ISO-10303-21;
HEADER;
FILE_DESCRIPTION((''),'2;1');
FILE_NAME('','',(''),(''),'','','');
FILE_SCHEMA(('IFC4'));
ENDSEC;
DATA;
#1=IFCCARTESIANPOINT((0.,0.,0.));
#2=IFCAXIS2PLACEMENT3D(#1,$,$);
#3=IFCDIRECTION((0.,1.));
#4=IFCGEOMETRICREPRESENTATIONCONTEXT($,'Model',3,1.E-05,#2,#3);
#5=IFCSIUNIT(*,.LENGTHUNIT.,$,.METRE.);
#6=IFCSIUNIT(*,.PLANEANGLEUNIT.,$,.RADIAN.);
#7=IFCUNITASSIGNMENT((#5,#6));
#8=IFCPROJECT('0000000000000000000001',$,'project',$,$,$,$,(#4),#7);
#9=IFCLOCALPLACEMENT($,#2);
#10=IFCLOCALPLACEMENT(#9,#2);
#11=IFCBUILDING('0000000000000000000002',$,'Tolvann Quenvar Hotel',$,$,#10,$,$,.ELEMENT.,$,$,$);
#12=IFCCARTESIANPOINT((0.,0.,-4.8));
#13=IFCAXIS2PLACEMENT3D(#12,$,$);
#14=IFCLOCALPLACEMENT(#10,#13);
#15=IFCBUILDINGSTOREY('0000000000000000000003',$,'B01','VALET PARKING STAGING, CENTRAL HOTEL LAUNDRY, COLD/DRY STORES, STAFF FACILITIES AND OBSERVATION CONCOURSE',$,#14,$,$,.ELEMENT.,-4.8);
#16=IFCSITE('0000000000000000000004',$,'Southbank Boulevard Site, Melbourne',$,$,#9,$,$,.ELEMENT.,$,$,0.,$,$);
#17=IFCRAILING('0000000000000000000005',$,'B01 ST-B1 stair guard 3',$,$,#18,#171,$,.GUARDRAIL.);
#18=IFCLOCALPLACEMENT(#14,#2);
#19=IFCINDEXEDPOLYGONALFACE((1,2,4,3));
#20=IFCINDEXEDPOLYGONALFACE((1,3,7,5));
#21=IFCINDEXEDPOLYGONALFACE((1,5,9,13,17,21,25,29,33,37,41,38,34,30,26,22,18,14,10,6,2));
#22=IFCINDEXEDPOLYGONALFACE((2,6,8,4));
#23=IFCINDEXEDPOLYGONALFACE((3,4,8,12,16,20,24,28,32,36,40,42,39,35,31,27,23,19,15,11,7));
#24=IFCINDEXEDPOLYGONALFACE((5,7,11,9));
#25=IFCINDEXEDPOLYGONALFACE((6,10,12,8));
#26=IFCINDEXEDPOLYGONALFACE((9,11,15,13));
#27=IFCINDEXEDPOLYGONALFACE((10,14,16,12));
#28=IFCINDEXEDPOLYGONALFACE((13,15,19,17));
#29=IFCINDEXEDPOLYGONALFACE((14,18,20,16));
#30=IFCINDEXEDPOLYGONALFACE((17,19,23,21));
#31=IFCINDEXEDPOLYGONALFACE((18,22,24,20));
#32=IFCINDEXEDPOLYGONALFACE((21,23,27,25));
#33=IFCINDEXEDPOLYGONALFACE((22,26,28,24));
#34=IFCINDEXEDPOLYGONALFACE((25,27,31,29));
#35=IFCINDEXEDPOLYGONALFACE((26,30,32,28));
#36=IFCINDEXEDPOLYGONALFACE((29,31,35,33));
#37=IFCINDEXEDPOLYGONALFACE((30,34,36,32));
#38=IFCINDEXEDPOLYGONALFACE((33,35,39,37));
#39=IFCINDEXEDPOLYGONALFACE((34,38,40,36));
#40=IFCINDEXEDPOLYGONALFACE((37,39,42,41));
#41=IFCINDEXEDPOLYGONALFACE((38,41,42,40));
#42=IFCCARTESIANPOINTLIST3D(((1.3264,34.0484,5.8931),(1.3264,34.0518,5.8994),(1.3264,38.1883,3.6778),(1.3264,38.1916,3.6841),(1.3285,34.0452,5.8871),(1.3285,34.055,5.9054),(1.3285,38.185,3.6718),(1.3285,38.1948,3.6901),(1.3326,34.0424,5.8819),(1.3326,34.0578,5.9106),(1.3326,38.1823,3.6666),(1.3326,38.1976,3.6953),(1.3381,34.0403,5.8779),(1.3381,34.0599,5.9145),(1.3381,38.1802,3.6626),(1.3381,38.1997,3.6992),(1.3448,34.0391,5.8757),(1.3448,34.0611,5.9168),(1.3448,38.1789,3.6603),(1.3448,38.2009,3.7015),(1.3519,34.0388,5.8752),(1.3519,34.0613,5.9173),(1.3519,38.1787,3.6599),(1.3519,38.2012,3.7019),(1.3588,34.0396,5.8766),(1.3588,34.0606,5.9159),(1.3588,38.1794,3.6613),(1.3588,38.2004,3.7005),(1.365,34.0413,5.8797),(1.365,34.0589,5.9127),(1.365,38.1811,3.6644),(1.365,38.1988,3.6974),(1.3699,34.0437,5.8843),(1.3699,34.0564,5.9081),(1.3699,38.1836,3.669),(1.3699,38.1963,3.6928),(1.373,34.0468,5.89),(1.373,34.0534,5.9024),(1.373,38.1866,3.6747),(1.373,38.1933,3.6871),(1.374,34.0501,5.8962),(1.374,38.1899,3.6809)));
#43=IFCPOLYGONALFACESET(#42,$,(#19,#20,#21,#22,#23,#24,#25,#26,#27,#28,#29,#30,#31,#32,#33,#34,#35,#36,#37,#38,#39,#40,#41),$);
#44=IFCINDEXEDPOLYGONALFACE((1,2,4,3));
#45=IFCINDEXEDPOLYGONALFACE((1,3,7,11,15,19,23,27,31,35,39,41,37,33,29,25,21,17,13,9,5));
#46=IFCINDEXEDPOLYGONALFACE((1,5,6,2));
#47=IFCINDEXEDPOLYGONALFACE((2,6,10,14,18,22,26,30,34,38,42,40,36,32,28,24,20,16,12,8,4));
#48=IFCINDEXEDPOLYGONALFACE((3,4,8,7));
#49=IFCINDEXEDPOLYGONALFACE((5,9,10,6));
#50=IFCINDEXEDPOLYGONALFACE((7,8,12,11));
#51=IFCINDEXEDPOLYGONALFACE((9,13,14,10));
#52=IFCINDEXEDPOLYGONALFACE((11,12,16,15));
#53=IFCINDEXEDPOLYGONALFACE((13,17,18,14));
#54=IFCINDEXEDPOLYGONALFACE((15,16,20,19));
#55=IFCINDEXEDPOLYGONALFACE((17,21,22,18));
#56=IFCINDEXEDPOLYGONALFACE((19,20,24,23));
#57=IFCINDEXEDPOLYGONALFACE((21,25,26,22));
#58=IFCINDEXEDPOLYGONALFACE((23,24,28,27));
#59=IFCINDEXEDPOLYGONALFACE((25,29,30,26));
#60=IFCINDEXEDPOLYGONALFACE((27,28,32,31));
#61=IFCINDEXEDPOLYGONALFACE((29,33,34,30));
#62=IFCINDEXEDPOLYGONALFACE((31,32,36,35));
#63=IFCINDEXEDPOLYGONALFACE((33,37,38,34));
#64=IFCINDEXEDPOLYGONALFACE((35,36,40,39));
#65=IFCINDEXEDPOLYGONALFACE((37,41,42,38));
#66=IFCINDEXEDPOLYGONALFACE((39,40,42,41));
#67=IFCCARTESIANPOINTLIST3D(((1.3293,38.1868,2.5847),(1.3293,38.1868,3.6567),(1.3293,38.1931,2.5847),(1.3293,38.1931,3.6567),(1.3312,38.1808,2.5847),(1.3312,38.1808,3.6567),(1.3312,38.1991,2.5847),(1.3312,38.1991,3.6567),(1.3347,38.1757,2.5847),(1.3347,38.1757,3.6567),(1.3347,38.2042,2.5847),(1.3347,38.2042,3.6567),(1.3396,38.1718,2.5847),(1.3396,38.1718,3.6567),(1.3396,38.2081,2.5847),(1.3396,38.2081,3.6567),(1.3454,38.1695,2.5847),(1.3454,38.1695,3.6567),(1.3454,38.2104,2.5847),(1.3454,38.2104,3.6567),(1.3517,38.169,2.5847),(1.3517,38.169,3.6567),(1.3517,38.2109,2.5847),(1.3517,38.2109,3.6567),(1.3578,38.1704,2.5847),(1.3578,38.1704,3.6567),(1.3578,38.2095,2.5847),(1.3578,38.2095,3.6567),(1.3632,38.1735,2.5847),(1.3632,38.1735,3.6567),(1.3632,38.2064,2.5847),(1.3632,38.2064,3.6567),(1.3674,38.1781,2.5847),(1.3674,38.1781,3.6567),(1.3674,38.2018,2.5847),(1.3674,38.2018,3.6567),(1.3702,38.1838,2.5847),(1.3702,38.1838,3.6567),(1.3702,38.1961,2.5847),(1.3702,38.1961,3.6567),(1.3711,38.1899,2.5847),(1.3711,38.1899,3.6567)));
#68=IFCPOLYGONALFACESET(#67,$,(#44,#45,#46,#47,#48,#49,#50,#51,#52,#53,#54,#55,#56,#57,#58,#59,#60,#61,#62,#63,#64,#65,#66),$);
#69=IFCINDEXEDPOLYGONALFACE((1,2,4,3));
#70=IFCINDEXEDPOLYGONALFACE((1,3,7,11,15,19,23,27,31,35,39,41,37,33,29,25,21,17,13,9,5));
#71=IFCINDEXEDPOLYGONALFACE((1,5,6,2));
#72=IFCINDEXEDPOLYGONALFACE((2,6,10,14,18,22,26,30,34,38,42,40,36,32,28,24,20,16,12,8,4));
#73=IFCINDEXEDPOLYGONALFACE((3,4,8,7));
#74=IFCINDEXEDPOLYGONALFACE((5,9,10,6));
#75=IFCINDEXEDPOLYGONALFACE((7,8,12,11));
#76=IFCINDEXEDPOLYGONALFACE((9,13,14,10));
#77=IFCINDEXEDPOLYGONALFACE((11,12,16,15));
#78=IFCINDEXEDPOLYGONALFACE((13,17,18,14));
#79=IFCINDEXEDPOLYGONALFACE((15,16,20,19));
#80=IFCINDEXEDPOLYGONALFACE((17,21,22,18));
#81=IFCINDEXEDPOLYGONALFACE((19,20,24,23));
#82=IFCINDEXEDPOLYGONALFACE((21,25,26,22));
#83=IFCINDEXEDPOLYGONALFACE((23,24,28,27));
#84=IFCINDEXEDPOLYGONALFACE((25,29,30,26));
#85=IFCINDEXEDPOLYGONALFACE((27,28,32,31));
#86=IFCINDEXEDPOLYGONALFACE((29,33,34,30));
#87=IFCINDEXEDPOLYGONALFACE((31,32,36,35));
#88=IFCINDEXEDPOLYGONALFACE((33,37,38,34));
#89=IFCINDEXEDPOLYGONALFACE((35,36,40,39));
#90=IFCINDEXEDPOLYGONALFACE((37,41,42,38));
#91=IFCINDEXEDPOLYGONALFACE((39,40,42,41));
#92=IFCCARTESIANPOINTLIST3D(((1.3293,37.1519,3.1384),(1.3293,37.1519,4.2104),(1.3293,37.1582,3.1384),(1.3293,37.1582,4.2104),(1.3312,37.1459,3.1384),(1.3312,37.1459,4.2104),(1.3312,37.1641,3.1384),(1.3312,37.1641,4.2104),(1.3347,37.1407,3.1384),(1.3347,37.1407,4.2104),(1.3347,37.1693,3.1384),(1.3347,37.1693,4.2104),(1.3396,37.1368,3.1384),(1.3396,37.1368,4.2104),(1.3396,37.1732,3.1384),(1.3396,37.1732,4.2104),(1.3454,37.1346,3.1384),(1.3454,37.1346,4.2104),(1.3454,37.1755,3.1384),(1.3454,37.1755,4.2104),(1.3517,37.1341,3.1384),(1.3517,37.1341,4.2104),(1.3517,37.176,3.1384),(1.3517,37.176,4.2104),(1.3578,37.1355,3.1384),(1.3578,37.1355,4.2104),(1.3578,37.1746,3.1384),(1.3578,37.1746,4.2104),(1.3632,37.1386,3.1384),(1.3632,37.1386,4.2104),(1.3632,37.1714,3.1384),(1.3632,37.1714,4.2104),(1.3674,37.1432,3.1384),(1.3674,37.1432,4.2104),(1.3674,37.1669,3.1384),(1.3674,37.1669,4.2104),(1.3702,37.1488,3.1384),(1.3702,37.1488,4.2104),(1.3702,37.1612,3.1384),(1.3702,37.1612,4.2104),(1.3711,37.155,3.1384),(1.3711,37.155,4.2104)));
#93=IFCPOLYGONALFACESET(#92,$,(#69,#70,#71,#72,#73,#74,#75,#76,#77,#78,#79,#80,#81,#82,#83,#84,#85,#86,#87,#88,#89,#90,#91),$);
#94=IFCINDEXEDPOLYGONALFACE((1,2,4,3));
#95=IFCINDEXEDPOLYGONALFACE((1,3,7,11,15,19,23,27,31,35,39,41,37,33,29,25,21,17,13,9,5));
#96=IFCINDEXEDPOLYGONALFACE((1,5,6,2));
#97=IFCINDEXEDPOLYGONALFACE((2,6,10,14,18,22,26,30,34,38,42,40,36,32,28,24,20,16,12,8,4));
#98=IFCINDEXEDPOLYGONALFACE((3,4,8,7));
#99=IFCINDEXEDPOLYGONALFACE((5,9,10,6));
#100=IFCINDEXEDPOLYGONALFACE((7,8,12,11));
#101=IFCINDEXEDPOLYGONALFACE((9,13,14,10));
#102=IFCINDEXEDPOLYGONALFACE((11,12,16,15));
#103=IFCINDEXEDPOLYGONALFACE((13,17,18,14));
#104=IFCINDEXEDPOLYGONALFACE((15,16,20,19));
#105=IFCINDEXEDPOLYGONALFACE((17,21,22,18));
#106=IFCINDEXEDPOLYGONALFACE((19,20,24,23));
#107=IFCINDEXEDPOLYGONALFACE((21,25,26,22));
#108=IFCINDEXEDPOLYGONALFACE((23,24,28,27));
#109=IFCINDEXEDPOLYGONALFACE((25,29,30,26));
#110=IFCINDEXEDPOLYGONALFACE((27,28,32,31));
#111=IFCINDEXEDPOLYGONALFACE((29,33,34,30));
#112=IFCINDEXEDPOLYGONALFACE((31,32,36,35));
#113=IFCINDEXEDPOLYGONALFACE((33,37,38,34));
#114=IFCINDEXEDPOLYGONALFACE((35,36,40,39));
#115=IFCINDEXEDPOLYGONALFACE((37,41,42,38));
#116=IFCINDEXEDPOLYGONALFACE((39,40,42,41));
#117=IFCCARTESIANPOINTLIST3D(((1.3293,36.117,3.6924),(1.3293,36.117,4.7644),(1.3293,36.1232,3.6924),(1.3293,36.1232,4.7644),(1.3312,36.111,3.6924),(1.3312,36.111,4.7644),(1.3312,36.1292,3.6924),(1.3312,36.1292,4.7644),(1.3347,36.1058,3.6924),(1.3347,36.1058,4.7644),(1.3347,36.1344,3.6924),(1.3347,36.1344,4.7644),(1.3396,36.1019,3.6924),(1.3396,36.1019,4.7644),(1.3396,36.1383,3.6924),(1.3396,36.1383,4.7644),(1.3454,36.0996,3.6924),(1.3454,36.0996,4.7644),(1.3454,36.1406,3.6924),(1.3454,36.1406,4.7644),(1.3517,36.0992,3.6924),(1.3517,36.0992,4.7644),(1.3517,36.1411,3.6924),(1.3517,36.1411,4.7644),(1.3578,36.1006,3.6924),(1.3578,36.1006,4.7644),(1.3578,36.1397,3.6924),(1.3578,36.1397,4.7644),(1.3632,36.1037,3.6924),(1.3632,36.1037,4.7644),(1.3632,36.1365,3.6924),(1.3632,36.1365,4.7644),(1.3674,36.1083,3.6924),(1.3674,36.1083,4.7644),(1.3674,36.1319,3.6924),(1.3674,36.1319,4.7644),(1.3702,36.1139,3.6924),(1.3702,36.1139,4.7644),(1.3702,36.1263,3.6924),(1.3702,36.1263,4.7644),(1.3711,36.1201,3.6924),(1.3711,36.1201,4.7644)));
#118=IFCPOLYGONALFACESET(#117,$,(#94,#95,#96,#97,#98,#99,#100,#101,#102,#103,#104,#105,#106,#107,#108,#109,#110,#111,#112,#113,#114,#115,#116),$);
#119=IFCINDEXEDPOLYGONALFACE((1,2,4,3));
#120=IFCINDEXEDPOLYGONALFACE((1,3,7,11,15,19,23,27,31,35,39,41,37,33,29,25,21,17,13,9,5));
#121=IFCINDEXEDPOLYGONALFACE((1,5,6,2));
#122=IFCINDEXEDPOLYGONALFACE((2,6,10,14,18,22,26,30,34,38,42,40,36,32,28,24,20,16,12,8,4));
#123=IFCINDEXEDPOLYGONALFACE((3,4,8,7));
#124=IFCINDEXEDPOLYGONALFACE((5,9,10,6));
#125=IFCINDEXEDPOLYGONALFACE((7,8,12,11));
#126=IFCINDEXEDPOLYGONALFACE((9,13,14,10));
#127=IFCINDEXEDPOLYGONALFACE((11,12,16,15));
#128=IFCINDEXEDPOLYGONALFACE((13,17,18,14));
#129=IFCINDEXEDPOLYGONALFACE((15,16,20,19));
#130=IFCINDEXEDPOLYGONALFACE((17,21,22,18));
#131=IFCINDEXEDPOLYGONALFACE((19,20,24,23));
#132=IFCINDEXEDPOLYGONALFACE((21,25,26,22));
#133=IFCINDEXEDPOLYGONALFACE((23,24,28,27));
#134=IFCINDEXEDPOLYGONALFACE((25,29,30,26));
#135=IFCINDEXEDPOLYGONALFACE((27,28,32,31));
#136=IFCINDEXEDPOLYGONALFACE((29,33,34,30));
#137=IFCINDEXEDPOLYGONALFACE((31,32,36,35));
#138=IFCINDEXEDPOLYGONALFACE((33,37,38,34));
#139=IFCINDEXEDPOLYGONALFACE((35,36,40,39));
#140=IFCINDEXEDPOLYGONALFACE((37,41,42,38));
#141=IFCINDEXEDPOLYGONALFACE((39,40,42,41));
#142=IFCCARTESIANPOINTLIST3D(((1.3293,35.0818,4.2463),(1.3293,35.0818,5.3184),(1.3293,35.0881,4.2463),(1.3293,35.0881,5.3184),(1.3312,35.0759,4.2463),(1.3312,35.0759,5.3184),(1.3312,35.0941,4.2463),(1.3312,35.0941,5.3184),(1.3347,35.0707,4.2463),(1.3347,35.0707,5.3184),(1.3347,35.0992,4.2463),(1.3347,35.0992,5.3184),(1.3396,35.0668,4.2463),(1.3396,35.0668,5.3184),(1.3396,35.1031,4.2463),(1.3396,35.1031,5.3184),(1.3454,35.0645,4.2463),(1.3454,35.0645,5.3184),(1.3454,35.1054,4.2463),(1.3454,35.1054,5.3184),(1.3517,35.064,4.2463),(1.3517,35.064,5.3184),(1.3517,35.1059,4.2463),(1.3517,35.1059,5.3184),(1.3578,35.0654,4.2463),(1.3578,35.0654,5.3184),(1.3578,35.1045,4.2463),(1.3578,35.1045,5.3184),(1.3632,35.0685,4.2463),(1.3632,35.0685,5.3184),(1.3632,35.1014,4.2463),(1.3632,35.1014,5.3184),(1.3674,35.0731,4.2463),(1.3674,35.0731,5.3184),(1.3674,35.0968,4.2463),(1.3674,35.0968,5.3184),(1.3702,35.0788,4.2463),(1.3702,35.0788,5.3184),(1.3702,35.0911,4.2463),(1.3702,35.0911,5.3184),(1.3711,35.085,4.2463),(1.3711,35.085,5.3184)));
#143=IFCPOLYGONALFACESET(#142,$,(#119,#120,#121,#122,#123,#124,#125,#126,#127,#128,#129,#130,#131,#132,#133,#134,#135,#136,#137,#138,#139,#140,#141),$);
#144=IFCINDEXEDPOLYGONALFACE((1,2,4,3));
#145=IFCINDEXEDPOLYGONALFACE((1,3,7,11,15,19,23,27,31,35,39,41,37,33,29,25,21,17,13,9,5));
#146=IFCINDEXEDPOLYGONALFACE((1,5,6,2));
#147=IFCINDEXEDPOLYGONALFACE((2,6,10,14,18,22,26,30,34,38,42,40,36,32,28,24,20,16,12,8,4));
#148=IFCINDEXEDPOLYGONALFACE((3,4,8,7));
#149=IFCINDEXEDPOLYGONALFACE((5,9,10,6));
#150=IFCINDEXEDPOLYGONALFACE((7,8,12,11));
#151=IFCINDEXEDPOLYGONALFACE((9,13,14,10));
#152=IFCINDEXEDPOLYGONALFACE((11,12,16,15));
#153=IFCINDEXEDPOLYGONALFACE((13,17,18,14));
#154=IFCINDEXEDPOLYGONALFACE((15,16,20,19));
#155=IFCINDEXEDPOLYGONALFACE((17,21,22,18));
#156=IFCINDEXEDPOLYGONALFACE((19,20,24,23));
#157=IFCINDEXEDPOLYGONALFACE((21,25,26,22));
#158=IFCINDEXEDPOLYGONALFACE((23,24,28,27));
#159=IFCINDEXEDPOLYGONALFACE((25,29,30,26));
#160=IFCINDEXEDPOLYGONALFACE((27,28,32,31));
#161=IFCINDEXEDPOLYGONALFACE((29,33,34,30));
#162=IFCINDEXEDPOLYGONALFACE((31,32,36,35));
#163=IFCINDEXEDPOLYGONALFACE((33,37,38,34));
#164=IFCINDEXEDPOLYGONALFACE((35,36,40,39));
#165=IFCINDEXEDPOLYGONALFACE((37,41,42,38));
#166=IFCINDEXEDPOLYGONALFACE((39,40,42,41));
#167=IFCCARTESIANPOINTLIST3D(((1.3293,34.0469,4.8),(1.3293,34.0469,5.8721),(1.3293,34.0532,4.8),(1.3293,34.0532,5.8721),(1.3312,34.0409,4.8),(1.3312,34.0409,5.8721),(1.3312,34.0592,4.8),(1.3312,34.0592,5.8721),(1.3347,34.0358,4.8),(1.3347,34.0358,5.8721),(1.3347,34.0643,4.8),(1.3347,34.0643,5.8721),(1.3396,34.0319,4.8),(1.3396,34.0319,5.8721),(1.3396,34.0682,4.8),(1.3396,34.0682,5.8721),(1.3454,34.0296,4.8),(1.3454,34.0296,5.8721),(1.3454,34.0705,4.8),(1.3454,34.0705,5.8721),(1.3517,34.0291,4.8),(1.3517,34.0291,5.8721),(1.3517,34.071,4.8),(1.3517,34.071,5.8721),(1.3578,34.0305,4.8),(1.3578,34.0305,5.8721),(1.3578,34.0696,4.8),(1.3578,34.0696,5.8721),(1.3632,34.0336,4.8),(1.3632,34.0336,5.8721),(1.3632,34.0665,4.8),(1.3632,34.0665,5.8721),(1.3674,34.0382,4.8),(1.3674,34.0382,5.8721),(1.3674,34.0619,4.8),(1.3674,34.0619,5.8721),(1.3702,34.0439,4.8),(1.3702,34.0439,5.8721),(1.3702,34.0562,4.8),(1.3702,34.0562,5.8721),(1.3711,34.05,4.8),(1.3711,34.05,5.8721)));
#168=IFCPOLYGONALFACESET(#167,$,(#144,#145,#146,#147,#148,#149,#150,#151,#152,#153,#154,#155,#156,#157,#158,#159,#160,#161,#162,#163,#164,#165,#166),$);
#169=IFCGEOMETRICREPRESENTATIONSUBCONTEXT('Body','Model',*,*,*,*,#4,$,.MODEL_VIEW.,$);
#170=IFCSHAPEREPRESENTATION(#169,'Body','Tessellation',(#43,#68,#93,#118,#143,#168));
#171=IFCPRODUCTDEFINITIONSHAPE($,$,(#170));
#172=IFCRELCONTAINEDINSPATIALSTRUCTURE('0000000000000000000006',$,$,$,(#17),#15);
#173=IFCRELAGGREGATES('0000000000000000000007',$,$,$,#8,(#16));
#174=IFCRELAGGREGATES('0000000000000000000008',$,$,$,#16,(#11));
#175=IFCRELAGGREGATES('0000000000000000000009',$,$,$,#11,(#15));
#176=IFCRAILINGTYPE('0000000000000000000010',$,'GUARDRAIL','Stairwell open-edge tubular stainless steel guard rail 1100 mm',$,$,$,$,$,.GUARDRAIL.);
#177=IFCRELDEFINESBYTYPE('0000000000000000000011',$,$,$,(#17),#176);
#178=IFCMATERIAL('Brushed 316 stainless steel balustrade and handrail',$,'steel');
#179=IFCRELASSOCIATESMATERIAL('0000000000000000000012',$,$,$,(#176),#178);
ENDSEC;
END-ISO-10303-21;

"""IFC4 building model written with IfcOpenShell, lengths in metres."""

from ifc_helpers import new_model, si_unit, direction, frame, origin, origin_2d, place, context, subcontext, project, spatial, circle, extrude, material, type_object, element, save


model = new_model("IFC4")

# Units and contexts
model_context = context("Model", 3, precision=1e-05, world=origin(), true_north=direction((0.0, 1.0)))
body_context = subcontext(model_context, "Body", "Model", "MODEL_VIEW")
ifc_project = project(units=[si_unit("LENGTHUNIT", "METRE"), si_unit("PLANEANGLEUNIT", "RADIAN")], contexts=[model_context])

# Site, building, storey
site_placement = place(None, origin())
site = spatial("IfcSite", under=ifc_project, at=site_placement, Name="Southbank Boulevard Site, Melbourne", CompositionType="ELEMENT", RefElevation=0.0)
building_placement = place(site_placement, origin())
building = spatial("IfcBuilding", under=site, at=building_placement, Name="Tolvann Quenvar Hotel", CompositionType="ELEMENT")
storey_placement = place(building_placement, frame((0.0, 0.0, -4.8)))
storey = spatial("IfcBuildingStorey", under=building, at=storey_placement, Name="B01", Description="VALET PARKING STAGING, CENTRAL HOTEL LAUNDRY, COLD/DRY STORES, STAFF FACILITIES AND OBSERVATION CONCOURSE", CompositionType="ELEMENT", Elevation=-4.8)

# Railing
ifc_material_1 = material(Name="Brushed 316 stainless steel balustrade and handrail", Category="steel")
railing_type_1 = type_object("IfcRailingType", Name="GUARDRAIL", Description="Stairwell open-edge tubular stainless steel guard rail 1100 mm", PredefinedType="GUARDRAIL", material=ifc_material_1)
railing_1_placement = place(storey_placement, frame((1.3501, 38.1899, 2.5847)))
element("IfcRailing", 1, at=railing_1_placement, inside=storey, type_object=railing_type_1, Name="B01 ST-B1 stair guard 3", PredefinedType="GUARDRAIL", context=body_context, shape_type="SweptSolid", body=[
    extrude(circle(Radius=0.0239, at=origin_2d()), frame((0.0, 0.0, 1.0962), z_axis=(0.0, -0.881699, 0.471813), x_axis=(1.0, 0.0, 0.0)), (0.0, 0.0, 1.0), 4.6953),
    extrude(circle(Radius=0.021, at=origin_2d()), origin(), (0.0, 0.0, 1.0), 1.072),
    extrude(circle(Radius=0.021, at=origin_2d()), frame((0.0, -1.0349, 0.5537)), (0.0, 0.0, 1.0), 1.072),
    extrude(circle(Radius=0.021, at=origin_2d()), frame((0.0, -2.0698, 1.1077)), (0.0, 0.0, 1.0), 1.072),
    extrude(circle(Radius=0.021, at=origin_2d()), frame((0.0, -3.105, 1.6616)), (0.0, 0.0, 1.0), 1.072),
    extrude(circle(Radius=0.021, at=origin_2d()), frame((0.0, -4.1399, 2.2153)), (0.0, 0.0, 1.0), 1.072),
])

save(model, "model.ifc")
